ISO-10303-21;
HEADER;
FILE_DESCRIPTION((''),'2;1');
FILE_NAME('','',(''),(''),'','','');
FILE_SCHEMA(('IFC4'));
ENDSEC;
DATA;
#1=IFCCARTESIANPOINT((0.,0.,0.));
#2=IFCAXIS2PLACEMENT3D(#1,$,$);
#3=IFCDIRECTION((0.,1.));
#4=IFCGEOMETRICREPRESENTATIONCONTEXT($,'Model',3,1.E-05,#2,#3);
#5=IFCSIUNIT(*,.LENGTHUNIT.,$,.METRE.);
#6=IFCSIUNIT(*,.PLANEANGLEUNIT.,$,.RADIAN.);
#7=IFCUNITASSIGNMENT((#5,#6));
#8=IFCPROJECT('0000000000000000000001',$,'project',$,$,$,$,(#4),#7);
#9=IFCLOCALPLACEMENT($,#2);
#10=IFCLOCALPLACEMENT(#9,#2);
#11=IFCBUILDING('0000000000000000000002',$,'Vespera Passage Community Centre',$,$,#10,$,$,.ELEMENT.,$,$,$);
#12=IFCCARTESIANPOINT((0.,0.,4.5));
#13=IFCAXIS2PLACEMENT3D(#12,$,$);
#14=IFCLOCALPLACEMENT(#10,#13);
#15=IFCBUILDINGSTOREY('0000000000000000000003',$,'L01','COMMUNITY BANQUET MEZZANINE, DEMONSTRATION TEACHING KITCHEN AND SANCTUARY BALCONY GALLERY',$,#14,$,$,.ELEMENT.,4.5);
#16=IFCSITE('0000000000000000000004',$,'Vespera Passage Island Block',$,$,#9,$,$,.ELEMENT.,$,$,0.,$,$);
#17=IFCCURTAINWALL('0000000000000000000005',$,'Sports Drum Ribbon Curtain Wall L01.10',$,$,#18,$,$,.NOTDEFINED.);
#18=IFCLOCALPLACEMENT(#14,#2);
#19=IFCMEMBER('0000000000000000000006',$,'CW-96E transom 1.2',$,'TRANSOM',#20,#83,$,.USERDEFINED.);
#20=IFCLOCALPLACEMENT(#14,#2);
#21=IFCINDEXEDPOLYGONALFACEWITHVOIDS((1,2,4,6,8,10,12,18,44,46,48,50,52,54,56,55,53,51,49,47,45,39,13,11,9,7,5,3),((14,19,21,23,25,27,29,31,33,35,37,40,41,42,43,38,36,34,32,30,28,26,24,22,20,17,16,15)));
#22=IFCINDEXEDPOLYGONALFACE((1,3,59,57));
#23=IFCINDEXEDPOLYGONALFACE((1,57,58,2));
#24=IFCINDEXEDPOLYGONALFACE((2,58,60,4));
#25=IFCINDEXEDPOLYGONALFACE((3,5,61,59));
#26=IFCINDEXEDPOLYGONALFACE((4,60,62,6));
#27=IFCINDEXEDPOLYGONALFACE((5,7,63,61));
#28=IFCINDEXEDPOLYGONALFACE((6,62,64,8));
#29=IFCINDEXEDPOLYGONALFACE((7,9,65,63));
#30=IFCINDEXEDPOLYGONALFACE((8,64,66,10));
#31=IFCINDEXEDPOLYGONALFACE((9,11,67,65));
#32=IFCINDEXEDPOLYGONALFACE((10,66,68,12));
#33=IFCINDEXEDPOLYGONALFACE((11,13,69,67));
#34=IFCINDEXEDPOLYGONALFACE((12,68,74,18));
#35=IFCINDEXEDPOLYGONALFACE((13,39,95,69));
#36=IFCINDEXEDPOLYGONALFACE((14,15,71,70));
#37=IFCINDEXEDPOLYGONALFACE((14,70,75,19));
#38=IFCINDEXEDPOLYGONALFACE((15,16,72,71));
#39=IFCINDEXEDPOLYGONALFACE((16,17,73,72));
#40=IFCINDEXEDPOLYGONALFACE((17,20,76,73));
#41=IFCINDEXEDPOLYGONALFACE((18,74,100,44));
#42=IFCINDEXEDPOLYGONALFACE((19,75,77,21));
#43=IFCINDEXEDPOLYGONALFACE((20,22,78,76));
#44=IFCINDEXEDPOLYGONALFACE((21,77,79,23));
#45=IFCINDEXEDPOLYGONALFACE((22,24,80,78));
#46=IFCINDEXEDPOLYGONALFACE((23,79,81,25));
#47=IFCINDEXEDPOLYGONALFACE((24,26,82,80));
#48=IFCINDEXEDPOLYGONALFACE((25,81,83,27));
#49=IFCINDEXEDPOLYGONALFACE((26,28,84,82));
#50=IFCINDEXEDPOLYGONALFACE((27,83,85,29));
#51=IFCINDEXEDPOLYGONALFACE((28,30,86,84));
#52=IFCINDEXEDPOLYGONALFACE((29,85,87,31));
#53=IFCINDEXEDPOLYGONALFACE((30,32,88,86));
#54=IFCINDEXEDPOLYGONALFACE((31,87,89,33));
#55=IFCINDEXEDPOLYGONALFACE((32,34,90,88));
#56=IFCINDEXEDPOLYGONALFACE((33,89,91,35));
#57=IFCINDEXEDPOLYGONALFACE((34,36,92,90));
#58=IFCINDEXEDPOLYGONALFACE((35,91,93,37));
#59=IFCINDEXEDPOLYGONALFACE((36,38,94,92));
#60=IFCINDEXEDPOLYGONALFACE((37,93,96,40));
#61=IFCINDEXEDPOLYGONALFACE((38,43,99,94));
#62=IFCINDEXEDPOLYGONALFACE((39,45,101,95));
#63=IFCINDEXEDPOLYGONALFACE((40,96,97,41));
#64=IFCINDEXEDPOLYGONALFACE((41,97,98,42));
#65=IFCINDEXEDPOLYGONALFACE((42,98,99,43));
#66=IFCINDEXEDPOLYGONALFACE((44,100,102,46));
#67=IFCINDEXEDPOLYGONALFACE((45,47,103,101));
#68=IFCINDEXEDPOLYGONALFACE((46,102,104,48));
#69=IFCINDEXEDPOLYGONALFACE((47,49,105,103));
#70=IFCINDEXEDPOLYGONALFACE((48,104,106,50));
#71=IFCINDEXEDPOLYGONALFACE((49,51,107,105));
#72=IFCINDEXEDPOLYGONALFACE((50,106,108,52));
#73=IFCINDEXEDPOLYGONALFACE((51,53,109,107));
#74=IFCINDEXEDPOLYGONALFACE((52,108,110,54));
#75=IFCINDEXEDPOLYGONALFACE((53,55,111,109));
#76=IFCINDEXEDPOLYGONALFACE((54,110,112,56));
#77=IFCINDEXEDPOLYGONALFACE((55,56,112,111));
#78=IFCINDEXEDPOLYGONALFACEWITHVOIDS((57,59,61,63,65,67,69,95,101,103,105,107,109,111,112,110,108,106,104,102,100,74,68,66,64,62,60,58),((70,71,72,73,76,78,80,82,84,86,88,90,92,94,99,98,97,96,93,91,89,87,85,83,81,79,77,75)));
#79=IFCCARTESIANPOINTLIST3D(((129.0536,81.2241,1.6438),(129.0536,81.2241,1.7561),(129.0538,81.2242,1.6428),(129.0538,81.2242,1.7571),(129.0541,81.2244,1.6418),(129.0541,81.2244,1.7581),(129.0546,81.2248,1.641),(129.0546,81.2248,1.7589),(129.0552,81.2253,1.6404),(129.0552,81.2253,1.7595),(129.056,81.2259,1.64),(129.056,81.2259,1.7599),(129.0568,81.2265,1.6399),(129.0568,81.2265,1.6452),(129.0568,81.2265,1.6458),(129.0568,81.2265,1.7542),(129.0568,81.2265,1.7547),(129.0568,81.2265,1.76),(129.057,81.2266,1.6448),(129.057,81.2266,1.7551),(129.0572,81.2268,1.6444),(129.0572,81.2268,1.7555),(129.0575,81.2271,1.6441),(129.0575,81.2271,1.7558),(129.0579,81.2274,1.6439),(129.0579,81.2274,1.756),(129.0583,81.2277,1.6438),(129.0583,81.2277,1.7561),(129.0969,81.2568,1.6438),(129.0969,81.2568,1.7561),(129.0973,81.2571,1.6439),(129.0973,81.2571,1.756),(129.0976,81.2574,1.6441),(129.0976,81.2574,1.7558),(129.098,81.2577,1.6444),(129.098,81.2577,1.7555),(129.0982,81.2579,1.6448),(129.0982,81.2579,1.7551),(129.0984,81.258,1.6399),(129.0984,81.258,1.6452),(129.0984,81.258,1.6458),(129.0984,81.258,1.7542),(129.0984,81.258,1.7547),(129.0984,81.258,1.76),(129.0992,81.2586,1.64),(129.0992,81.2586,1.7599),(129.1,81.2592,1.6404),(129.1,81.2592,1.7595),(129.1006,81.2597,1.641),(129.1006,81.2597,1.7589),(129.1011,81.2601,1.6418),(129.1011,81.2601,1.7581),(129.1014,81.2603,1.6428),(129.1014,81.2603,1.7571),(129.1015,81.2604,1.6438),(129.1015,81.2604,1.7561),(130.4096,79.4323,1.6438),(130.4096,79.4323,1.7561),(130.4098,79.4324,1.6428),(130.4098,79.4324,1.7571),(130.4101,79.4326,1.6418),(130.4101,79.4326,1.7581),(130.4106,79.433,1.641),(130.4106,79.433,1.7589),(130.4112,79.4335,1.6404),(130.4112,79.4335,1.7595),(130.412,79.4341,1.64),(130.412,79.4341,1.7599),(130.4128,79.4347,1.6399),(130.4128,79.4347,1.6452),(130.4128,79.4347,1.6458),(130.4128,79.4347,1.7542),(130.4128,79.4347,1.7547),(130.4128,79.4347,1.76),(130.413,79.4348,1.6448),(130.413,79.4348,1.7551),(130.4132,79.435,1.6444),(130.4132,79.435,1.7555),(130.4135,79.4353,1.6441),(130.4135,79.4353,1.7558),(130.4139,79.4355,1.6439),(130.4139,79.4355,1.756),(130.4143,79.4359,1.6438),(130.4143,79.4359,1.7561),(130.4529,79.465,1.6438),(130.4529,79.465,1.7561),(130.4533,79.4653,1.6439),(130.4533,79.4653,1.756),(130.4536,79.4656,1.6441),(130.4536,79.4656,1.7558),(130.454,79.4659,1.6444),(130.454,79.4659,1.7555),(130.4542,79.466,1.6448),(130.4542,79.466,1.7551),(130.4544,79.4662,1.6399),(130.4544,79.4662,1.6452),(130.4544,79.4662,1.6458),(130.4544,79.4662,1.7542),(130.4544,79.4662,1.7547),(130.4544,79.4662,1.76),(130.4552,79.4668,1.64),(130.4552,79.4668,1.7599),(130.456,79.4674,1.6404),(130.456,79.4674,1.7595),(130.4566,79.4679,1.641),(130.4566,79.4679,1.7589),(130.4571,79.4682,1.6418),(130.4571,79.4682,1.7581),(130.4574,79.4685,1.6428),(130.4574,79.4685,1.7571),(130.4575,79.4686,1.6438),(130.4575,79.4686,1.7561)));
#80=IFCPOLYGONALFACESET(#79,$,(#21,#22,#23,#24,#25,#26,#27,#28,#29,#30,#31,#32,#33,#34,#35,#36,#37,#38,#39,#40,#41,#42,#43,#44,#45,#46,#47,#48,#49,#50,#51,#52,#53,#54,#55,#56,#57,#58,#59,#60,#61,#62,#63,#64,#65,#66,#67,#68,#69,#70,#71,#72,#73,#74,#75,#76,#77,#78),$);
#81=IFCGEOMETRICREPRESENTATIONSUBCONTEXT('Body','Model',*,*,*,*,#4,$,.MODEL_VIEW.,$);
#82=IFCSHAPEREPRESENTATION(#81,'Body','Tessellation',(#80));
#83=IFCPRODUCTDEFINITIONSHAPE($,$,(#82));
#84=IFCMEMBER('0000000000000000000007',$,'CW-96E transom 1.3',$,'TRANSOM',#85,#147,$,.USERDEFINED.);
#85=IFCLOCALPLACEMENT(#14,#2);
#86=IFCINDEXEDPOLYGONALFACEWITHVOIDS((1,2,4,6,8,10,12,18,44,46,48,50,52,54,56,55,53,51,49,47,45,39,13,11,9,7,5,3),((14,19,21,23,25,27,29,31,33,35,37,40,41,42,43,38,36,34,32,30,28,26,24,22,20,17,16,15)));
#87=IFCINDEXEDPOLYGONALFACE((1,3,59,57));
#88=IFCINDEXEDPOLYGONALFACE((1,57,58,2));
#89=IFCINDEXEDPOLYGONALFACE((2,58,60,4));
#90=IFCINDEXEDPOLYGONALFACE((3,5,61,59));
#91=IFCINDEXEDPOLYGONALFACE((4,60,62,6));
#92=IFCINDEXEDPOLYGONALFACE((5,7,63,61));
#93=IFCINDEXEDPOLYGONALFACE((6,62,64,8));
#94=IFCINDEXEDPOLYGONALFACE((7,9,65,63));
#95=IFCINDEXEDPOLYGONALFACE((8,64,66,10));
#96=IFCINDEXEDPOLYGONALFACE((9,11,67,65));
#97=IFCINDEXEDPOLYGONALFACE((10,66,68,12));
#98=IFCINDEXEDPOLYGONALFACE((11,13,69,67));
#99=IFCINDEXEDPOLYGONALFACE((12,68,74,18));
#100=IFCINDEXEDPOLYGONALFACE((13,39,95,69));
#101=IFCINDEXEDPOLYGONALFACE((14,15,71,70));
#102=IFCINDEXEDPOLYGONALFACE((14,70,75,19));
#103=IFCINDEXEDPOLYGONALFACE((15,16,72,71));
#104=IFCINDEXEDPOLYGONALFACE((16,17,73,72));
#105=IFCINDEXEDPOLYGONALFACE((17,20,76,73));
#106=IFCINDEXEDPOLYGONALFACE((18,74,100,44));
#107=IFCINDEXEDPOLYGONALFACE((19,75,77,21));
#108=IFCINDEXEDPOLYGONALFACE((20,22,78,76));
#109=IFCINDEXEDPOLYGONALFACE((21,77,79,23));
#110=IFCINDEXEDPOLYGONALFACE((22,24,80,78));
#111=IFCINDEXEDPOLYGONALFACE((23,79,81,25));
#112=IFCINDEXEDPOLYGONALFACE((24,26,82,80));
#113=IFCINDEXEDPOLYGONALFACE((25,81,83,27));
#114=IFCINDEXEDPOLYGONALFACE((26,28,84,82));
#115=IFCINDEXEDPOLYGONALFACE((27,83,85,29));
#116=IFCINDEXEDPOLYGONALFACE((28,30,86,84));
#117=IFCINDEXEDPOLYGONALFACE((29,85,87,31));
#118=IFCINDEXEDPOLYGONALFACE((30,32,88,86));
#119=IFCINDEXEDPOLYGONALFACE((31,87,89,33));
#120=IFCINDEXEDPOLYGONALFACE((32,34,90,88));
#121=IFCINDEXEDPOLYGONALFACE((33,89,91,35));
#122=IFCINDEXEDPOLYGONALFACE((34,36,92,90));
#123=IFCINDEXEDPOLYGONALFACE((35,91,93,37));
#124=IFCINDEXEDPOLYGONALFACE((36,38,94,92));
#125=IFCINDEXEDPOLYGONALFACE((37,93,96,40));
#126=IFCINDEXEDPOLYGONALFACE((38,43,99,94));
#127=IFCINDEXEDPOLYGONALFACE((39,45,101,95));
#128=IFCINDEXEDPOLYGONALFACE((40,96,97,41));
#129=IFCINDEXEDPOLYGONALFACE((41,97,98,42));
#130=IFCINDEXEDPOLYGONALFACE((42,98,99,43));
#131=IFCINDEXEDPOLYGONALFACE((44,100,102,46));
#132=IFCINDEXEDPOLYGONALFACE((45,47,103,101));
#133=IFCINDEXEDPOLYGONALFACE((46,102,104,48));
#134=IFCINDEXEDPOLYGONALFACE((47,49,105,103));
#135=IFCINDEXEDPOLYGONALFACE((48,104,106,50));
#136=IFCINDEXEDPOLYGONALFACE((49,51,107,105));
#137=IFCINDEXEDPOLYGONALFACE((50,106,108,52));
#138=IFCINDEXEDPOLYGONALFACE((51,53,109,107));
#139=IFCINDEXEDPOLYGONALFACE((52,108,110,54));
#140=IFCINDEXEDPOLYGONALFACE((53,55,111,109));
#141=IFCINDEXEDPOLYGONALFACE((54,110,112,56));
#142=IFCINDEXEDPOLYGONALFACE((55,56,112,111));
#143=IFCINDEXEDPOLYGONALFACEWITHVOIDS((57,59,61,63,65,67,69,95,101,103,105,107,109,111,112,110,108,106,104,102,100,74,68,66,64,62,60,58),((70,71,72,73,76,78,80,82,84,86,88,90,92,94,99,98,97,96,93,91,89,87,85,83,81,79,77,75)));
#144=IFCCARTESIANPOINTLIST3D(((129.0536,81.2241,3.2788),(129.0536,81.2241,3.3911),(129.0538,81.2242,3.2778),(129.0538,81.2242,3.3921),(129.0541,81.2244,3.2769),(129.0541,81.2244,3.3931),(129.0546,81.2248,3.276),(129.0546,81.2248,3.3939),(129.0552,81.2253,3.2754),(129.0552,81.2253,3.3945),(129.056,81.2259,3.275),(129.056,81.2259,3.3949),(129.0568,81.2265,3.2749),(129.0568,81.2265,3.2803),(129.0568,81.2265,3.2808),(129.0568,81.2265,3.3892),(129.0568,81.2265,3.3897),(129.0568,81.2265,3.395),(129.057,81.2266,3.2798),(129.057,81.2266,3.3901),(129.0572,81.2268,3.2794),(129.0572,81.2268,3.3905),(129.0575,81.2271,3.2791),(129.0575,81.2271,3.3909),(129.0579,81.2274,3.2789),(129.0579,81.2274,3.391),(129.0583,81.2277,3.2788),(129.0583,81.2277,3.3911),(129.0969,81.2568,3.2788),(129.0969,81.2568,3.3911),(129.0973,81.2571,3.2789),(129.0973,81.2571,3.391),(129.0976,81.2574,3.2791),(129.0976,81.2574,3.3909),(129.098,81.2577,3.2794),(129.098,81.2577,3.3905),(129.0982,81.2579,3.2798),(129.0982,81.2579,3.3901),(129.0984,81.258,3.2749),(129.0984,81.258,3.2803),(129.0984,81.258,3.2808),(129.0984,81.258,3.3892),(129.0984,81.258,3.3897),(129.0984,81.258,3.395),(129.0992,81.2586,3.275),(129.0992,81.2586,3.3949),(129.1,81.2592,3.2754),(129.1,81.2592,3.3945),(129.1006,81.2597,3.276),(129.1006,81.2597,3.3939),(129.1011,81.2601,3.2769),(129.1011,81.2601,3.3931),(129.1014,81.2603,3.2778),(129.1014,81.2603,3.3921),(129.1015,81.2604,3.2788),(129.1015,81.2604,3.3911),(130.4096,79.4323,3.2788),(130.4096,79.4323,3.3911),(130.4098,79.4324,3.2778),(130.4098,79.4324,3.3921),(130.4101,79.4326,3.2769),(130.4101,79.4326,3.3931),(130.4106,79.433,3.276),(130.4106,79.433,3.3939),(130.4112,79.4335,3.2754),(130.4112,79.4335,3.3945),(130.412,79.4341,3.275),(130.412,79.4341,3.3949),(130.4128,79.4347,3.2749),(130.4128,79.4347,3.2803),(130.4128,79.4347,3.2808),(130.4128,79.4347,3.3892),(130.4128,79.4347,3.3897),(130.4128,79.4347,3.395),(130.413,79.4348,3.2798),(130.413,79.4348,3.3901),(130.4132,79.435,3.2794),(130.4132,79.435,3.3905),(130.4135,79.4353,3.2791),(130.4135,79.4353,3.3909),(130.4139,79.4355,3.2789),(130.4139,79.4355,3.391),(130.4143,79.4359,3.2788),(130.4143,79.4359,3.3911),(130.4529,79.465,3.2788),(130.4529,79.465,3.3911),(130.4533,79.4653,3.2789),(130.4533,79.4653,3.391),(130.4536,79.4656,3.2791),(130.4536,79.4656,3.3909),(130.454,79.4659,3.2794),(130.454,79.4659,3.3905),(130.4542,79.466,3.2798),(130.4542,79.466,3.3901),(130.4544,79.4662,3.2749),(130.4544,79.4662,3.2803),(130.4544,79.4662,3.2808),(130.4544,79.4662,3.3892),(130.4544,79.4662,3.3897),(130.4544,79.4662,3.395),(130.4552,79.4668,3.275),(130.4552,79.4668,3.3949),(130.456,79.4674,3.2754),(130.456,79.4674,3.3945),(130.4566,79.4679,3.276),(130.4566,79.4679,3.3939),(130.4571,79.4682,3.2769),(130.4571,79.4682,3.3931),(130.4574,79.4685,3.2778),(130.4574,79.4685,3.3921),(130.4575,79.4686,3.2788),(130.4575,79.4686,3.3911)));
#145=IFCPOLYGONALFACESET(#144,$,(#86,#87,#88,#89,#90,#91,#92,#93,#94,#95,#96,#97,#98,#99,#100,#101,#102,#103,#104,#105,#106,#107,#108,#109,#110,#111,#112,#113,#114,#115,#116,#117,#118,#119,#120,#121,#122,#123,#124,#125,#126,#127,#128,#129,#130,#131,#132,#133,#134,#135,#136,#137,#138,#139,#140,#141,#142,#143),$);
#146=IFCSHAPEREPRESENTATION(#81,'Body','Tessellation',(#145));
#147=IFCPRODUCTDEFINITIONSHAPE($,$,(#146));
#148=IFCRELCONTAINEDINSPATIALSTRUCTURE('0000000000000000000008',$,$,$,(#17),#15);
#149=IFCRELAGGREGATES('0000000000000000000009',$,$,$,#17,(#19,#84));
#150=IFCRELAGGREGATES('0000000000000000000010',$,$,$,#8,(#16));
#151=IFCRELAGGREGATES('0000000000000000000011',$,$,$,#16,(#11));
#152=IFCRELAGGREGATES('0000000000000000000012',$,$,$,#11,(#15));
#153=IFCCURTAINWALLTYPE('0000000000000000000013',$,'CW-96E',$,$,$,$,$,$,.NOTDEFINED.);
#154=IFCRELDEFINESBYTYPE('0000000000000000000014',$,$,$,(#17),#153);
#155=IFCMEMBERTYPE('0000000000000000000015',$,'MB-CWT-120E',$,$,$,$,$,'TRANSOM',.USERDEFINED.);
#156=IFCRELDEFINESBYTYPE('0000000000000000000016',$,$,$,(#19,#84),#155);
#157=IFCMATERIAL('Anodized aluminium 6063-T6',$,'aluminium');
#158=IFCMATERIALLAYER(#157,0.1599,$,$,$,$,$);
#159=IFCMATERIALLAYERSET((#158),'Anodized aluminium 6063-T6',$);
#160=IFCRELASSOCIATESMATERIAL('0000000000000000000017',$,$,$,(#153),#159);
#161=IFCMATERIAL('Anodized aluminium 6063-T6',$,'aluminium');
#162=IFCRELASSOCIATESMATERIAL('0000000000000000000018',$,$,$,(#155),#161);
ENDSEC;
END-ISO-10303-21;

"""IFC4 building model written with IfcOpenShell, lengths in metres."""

from ifc_helpers import new_model, si_unit, direction, frame, origin, origin_2d, place, context, subcontext, project, spatial, hollow_rectangle, extrude, material, layer, layer_set, material_profile, profile_set, type_object, element, aggregate, save


model = new_model("IFC4")

# Units and contexts
model_context = context("Model", 3, precision=1e-05, world=origin(), true_north=direction((0.0, 1.0)))
body_context = subcontext(model_context, "Body", "Model", "MODEL_VIEW")
ifc_project = project(units=[si_unit("LENGTHUNIT", "METRE"), si_unit("PLANEANGLEUNIT", "RADIAN")], contexts=[model_context])

# Site, building, storey
site_placement = place(None, origin())
site = spatial("IfcSite", under=ifc_project, at=site_placement, Name="Vespera Passage Island Block", CompositionType="ELEMENT", RefElevation=0.0)
building_placement = place(site_placement, origin())
building = spatial("IfcBuilding", under=site, at=building_placement, Name="Vespera Passage Community Centre", CompositionType="ELEMENT")
storey_placement = place(building_placement, frame((0.0, 0.0, 4.5)))
storey = spatial("IfcBuildingStorey", under=building, at=storey_placement, Name="L01", Description="COMMUNITY BANQUET MEZZANINE, DEMONSTRATION TEACHING KITCHEN AND SANCTUARY BALCONY GALLERY", CompositionType="ELEMENT", Elevation=4.5)

# Curtain wall
ifc_material_1 = material(Name="Anodized aluminium 6063-T6", Category="aluminium")
ifc_layer_1 = layer(ifc_material_1, 0.1599)
ifc_layer_set_1 = layer_set([ifc_layer_1], Name="Anodized aluminium 6063-T6")
curtain_wall_type_1 = type_object("IfcCurtainWallType", Name="CW-96E", PredefinedType="NOTDEFINED", material=ifc_layer_set_1)
curtain_wall_1_placement = place(storey_placement, origin())
curtain_wall_1 = element("IfcCurtainWall", 1, at=curtain_wall_1_placement, inside=storey, type_object=curtain_wall_type_1, Name="Sports Drum Ribbon Curtain Wall L01.10", PredefinedType="NOTDEFINED")

# Members
ifc_material_2 = material(Name="Anodized aluminium 6063-T6", Category="aluminium")
ifc_material_profile_1 = material_profile(ifc_material_2, hollow_rectangle(XDim=0.0601, YDim=0.1201, WallThickness=0.0039, InnerFilletRadius=0.002, OuterFilletRadius=0.0039, at=origin_2d()), Name="ALU120X60X4")
ifc_profile_set_1 = profile_set([ifc_material_profile_1], Name="Anodized aluminium 6063-T6")
member_type_1 = type_object("IfcMemberType", Name="MB-CWT-120E", ElementType="TRANSOM", PredefinedType="USERDEFINED", material=ifc_profile_set_1)
member_1_placement = place(storey_placement, frame((130.4336, 79.4504, 1.7), z_axis=(-0.603454, 0.797398, 0.0), x_axis=(-0.797398, -0.603454, 0.0)))
member_1 = element("IfcMember", 2, at=member_1_placement, type_object=member_type_1, Name="CW-96E transom 1.2", ObjectType="TRANSOM", PredefinedType="USERDEFINED", context=body_context, shape_type="SweptSolid", body=[
    extrude(hollow_rectangle(XDim=0.0601, YDim=0.1201, WallThickness=0.0039, InnerFilletRadius=0.002, OuterFilletRadius=0.0039, at=origin_2d()), origin(), (0.0, 0.0, 1.0), 2.2471),
])
member_2_placement = place(storey_placement, frame((130.4336, 79.4504, 3.335), z_axis=(-0.603454, 0.797398, 0.0), x_axis=(-0.797398, -0.603454, 0.0)))
member_2 = element("IfcMember", 3, at=member_2_placement, type_object=member_type_1, Name="CW-96E transom 1.3", ObjectType="TRANSOM", PredefinedType="USERDEFINED", context=body_context, shape_type="SweptSolid", body=[
    extrude(hollow_rectangle(XDim=0.0601, YDim=0.1201, WallThickness=0.0039, InnerFilletRadius=0.002, OuterFilletRadius=0.0039, at=origin_2d()), origin(), (0.0, 0.0, 1.0), 2.2471),
])

aggregate(curtain_wall_1, [member_1, member_2])

save(model, "model.ifc")
